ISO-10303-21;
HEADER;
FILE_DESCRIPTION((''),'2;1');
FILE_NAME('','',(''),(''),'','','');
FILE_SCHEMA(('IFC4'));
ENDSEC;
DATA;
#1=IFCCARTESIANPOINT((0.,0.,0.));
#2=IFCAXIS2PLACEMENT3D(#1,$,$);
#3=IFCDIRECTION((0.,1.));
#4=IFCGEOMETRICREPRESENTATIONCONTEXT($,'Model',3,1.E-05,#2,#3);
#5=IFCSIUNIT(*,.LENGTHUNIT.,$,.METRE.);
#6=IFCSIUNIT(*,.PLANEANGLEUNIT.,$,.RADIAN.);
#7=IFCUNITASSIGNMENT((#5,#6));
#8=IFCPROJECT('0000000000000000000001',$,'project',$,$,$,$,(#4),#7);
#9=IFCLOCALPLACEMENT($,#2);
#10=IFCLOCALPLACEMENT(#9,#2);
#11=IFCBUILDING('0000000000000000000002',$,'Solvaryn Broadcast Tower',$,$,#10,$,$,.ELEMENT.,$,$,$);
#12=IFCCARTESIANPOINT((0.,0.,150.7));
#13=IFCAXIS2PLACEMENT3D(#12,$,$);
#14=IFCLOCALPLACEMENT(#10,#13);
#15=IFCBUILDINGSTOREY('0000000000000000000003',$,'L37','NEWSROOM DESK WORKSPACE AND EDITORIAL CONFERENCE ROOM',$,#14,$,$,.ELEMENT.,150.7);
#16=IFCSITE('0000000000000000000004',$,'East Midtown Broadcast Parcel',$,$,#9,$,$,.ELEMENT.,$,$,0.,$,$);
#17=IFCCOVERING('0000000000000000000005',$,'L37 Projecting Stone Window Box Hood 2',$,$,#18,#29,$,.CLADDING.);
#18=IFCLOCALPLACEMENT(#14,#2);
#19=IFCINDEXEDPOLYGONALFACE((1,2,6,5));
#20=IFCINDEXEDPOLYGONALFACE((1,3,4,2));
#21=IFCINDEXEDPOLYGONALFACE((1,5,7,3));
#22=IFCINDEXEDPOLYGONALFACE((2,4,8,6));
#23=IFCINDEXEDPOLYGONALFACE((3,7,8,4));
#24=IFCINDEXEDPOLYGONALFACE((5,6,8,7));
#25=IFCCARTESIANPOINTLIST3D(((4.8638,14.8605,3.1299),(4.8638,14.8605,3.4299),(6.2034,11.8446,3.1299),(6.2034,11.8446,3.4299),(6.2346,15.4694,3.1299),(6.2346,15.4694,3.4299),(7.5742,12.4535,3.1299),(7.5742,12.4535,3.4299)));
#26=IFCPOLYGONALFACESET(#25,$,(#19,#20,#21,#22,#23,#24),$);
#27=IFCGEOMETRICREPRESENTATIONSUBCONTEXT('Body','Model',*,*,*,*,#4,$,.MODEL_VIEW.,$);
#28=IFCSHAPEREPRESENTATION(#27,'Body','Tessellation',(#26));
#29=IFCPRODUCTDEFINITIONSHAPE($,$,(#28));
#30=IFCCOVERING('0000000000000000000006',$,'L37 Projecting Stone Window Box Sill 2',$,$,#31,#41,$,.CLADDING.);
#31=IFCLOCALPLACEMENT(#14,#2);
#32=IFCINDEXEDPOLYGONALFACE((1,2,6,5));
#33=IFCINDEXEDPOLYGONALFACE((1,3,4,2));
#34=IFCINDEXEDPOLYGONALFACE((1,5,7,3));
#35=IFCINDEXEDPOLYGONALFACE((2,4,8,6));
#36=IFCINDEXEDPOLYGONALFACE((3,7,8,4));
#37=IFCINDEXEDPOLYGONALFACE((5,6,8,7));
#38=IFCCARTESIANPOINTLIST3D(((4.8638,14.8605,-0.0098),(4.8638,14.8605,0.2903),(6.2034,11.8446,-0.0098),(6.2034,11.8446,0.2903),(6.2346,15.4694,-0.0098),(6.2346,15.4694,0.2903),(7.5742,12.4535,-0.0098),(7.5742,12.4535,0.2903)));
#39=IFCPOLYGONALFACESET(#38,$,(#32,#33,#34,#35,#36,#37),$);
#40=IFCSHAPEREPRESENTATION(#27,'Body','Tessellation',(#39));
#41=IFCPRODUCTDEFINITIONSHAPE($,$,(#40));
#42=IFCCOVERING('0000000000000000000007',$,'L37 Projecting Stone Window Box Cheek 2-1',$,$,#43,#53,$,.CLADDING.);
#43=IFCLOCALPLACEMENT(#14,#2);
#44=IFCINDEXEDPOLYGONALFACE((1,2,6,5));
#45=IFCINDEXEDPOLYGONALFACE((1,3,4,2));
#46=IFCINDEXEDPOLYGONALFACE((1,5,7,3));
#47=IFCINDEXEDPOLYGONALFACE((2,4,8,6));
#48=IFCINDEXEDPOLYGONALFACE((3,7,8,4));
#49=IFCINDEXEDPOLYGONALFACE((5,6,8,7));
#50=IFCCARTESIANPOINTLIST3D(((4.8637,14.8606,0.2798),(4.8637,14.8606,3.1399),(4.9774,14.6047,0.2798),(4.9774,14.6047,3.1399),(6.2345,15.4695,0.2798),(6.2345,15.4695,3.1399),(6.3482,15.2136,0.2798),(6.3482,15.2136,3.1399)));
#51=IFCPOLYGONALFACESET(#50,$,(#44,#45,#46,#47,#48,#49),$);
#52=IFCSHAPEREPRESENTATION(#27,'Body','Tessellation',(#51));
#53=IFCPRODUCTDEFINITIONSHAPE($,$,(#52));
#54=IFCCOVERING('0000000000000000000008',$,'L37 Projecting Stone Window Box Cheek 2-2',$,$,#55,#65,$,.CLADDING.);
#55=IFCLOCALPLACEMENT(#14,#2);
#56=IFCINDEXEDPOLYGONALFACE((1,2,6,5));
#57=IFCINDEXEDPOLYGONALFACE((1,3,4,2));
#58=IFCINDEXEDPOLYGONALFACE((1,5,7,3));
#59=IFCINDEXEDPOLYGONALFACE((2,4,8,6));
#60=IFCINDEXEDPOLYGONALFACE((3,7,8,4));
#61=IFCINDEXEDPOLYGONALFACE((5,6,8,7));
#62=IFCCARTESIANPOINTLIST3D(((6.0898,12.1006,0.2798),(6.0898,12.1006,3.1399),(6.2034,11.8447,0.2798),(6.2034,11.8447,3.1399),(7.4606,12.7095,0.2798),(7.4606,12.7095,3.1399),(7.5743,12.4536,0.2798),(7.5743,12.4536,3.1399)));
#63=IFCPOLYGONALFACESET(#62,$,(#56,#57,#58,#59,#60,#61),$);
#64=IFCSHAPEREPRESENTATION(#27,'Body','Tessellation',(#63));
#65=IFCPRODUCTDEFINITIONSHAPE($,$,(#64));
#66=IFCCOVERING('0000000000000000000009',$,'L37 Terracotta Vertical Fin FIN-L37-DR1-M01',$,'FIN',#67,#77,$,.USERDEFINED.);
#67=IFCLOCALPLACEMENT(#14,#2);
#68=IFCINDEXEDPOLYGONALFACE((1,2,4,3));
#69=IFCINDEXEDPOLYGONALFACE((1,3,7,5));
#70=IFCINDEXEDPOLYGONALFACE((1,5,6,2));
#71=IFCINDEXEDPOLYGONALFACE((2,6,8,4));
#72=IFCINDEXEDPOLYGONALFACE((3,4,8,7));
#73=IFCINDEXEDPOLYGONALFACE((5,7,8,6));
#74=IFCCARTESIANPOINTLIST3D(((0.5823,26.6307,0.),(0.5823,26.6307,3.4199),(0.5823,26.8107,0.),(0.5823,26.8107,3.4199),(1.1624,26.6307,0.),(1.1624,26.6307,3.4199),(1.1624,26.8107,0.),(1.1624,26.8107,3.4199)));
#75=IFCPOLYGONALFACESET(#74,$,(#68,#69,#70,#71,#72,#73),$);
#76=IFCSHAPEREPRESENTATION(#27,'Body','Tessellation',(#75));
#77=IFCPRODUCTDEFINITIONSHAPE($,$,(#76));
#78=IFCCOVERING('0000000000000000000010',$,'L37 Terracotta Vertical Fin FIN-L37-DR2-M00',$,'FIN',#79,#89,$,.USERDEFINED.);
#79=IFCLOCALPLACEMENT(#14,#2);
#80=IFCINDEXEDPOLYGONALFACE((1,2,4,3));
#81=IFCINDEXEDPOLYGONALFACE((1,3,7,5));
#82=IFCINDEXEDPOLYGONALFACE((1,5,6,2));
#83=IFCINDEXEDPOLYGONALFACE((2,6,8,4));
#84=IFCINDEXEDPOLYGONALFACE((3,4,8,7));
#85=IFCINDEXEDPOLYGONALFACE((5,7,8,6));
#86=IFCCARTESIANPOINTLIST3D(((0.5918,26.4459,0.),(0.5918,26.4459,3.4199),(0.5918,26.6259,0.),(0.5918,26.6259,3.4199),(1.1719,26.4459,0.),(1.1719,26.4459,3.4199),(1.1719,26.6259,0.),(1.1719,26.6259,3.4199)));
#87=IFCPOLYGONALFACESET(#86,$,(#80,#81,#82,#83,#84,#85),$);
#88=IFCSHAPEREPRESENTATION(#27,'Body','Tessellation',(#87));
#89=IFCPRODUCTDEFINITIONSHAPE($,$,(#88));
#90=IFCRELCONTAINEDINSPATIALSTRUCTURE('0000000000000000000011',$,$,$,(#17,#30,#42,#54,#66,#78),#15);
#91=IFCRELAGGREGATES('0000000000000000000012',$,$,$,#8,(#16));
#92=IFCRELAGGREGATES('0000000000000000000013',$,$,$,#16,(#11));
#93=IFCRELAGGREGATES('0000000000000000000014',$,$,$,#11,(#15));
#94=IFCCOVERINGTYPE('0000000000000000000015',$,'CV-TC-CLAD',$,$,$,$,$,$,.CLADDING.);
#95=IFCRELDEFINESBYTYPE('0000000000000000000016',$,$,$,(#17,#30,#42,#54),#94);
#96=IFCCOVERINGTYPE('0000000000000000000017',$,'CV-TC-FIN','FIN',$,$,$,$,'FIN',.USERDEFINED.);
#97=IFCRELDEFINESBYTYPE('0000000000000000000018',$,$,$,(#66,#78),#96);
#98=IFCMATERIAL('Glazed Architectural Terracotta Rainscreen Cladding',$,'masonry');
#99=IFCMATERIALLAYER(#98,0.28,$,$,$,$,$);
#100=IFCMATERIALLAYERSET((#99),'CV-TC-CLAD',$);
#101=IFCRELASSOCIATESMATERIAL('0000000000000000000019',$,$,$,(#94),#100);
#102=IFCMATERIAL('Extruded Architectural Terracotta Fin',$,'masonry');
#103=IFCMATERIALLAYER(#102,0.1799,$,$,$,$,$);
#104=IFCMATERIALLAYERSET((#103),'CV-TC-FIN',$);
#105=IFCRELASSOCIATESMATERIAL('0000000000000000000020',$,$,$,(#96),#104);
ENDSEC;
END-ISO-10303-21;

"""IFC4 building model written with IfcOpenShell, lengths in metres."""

from ifc_helpers import new_model, si_unit, direction, frame, origin, origin_2d, place, context, subcontext, project, spatial, rectangle, extrude, material, layer, layer_set, type_object, element, save


model = new_model("IFC4")

# Units and contexts
model_context = context("Model", 3, precision=1e-05, world=origin(), true_north=direction((0.0, 1.0)))
body_context = subcontext(model_context, "Body", "Model", "MODEL_VIEW")
ifc_project = project(units=[si_unit("LENGTHUNIT", "METRE"), si_unit("PLANEANGLEUNIT", "RADIAN")], contexts=[model_context])

# Site, building, storey
site_placement = place(None, origin())
site = spatial("IfcSite", under=ifc_project, at=site_placement, Name="East Midtown Broadcast Parcel", CompositionType="ELEMENT", RefElevation=0.0)
building_placement = place(site_placement, origin())
building = spatial("IfcBuilding", under=site, at=building_placement, Name="Solvaryn Broadcast Tower", CompositionType="ELEMENT")
storey_placement = place(building_placement, frame((0.0, 0.0, 150.7)))
storey = spatial("IfcBuildingStorey", under=building, at=storey_placement, Name="L37", Description="NEWSROOM DESK WORKSPACE AND EDITORIAL CONFERENCE ROOM", CompositionType="ELEMENT", Elevation=150.7)

# Coverings
ifc_material_1 = material(Name="Glazed Architectural Terracotta Rainscreen Cladding", Category="masonry")
ifc_layer_1 = layer(ifc_material_1, 0.28)
ifc_layer_set_1 = layer_set([ifc_layer_1], Name="CV-TC-CLAD")
covering_type_1 = type_object("IfcCoveringType", Name="CV-TC-CLAD", PredefinedType="CLADDING", material=ifc_layer_set_1)
for number, where, z_axis, x_axis, name in (
    (1, (6.219, 13.657, 3.1299), (0.0, 0.0, 1.0), (0.405939, -0.9139, 0.0), "L37 Projecting Stone Window Box Hood 2"),
    (2, (6.219, 13.657, -0.0098), (0.0, 0.0, 1.0), (0.405939, -0.9139, 0.0), "L37 Projecting Stone Window Box Sill 2"),
):
    element("IfcCovering", number, at=place(storey_placement, frame(where, z_axis=z_axis, x_axis=x_axis)), inside=storey, type_object=covering_type_1, Name=name, PredefinedType="CLADDING", context=body_context, shape_type="SweptSolid", body=[
        extrude(rectangle(XDim=3.3, YDim=1.5, at=origin_2d()), origin(), (0.0, 0.0, 1.0), 0.3),
    ])
for number, where, z_axis, x_axis, name in (
    (3, (5.606, 15.0371, 0.2798), (0.0, 0.0, 1.0), (0.405939, -0.9139, 0.0), "L37 Projecting Stone Window Box Cheek 2-1"),
    (4, (6.832, 12.2771, 0.2798), (0.0, 0.0, 1.0), (0.405939, -0.9139, 0.0), "L37 Projecting Stone Window Box Cheek 2-2"),
):
    element("IfcCovering", number, at=place(storey_placement, frame(where, z_axis=z_axis, x_axis=x_axis)), inside=storey, type_object=covering_type_1, Name=name, PredefinedType="CLADDING", context=body_context, shape_type="SweptSolid", body=[
        extrude(rectangle(XDim=0.28, YDim=1.5, at=origin_2d()), origin(), (0.0, 0.0, 1.0), 2.8601),
    ])
ifc_material_2 = material(Name="Extruded Architectural Terracotta Fin", Category="masonry")
ifc_layer_2 = layer(ifc_material_2, 0.1799)
ifc_layer_set_2 = layer_set([ifc_layer_2], Name="CV-TC-FIN")
covering_type_2 = type_object("IfcCoveringType", Name="CV-TC-FIN", Description="FIN", ElementType="FIN", PredefinedType="USERDEFINED", material=ifc_layer_set_2)
for number, where, z_axis, x_axis, name in (
    (5, (0.8723, 26.7207, 0.0), (0.0, 0.0, 1.0), (1.0, 0.0, 0.0), "L37 Terracotta Vertical Fin FIN-L37-DR1-M01"),
    (6, (0.8818, 26.5359, 0.0), (0.0, 0.0, 1.0), (1.0, 0.0, 0.0), "L37 Terracotta Vertical Fin FIN-L37-DR2-M00"),
):
    element("IfcCovering", number, at=place(storey_placement, frame(where, z_axis=z_axis, x_axis=x_axis)), inside=storey, type_object=covering_type_2, Name=name, ObjectType="FIN", PredefinedType="USERDEFINED", context=body_context, shape_type="SweptSolid", body=[
        extrude(rectangle(XDim=0.5801, YDim=0.1799, at=origin_2d()), origin(), (0.0, 0.0, 1.0), 3.4199),
    ])

save(model, "model.ifc")
